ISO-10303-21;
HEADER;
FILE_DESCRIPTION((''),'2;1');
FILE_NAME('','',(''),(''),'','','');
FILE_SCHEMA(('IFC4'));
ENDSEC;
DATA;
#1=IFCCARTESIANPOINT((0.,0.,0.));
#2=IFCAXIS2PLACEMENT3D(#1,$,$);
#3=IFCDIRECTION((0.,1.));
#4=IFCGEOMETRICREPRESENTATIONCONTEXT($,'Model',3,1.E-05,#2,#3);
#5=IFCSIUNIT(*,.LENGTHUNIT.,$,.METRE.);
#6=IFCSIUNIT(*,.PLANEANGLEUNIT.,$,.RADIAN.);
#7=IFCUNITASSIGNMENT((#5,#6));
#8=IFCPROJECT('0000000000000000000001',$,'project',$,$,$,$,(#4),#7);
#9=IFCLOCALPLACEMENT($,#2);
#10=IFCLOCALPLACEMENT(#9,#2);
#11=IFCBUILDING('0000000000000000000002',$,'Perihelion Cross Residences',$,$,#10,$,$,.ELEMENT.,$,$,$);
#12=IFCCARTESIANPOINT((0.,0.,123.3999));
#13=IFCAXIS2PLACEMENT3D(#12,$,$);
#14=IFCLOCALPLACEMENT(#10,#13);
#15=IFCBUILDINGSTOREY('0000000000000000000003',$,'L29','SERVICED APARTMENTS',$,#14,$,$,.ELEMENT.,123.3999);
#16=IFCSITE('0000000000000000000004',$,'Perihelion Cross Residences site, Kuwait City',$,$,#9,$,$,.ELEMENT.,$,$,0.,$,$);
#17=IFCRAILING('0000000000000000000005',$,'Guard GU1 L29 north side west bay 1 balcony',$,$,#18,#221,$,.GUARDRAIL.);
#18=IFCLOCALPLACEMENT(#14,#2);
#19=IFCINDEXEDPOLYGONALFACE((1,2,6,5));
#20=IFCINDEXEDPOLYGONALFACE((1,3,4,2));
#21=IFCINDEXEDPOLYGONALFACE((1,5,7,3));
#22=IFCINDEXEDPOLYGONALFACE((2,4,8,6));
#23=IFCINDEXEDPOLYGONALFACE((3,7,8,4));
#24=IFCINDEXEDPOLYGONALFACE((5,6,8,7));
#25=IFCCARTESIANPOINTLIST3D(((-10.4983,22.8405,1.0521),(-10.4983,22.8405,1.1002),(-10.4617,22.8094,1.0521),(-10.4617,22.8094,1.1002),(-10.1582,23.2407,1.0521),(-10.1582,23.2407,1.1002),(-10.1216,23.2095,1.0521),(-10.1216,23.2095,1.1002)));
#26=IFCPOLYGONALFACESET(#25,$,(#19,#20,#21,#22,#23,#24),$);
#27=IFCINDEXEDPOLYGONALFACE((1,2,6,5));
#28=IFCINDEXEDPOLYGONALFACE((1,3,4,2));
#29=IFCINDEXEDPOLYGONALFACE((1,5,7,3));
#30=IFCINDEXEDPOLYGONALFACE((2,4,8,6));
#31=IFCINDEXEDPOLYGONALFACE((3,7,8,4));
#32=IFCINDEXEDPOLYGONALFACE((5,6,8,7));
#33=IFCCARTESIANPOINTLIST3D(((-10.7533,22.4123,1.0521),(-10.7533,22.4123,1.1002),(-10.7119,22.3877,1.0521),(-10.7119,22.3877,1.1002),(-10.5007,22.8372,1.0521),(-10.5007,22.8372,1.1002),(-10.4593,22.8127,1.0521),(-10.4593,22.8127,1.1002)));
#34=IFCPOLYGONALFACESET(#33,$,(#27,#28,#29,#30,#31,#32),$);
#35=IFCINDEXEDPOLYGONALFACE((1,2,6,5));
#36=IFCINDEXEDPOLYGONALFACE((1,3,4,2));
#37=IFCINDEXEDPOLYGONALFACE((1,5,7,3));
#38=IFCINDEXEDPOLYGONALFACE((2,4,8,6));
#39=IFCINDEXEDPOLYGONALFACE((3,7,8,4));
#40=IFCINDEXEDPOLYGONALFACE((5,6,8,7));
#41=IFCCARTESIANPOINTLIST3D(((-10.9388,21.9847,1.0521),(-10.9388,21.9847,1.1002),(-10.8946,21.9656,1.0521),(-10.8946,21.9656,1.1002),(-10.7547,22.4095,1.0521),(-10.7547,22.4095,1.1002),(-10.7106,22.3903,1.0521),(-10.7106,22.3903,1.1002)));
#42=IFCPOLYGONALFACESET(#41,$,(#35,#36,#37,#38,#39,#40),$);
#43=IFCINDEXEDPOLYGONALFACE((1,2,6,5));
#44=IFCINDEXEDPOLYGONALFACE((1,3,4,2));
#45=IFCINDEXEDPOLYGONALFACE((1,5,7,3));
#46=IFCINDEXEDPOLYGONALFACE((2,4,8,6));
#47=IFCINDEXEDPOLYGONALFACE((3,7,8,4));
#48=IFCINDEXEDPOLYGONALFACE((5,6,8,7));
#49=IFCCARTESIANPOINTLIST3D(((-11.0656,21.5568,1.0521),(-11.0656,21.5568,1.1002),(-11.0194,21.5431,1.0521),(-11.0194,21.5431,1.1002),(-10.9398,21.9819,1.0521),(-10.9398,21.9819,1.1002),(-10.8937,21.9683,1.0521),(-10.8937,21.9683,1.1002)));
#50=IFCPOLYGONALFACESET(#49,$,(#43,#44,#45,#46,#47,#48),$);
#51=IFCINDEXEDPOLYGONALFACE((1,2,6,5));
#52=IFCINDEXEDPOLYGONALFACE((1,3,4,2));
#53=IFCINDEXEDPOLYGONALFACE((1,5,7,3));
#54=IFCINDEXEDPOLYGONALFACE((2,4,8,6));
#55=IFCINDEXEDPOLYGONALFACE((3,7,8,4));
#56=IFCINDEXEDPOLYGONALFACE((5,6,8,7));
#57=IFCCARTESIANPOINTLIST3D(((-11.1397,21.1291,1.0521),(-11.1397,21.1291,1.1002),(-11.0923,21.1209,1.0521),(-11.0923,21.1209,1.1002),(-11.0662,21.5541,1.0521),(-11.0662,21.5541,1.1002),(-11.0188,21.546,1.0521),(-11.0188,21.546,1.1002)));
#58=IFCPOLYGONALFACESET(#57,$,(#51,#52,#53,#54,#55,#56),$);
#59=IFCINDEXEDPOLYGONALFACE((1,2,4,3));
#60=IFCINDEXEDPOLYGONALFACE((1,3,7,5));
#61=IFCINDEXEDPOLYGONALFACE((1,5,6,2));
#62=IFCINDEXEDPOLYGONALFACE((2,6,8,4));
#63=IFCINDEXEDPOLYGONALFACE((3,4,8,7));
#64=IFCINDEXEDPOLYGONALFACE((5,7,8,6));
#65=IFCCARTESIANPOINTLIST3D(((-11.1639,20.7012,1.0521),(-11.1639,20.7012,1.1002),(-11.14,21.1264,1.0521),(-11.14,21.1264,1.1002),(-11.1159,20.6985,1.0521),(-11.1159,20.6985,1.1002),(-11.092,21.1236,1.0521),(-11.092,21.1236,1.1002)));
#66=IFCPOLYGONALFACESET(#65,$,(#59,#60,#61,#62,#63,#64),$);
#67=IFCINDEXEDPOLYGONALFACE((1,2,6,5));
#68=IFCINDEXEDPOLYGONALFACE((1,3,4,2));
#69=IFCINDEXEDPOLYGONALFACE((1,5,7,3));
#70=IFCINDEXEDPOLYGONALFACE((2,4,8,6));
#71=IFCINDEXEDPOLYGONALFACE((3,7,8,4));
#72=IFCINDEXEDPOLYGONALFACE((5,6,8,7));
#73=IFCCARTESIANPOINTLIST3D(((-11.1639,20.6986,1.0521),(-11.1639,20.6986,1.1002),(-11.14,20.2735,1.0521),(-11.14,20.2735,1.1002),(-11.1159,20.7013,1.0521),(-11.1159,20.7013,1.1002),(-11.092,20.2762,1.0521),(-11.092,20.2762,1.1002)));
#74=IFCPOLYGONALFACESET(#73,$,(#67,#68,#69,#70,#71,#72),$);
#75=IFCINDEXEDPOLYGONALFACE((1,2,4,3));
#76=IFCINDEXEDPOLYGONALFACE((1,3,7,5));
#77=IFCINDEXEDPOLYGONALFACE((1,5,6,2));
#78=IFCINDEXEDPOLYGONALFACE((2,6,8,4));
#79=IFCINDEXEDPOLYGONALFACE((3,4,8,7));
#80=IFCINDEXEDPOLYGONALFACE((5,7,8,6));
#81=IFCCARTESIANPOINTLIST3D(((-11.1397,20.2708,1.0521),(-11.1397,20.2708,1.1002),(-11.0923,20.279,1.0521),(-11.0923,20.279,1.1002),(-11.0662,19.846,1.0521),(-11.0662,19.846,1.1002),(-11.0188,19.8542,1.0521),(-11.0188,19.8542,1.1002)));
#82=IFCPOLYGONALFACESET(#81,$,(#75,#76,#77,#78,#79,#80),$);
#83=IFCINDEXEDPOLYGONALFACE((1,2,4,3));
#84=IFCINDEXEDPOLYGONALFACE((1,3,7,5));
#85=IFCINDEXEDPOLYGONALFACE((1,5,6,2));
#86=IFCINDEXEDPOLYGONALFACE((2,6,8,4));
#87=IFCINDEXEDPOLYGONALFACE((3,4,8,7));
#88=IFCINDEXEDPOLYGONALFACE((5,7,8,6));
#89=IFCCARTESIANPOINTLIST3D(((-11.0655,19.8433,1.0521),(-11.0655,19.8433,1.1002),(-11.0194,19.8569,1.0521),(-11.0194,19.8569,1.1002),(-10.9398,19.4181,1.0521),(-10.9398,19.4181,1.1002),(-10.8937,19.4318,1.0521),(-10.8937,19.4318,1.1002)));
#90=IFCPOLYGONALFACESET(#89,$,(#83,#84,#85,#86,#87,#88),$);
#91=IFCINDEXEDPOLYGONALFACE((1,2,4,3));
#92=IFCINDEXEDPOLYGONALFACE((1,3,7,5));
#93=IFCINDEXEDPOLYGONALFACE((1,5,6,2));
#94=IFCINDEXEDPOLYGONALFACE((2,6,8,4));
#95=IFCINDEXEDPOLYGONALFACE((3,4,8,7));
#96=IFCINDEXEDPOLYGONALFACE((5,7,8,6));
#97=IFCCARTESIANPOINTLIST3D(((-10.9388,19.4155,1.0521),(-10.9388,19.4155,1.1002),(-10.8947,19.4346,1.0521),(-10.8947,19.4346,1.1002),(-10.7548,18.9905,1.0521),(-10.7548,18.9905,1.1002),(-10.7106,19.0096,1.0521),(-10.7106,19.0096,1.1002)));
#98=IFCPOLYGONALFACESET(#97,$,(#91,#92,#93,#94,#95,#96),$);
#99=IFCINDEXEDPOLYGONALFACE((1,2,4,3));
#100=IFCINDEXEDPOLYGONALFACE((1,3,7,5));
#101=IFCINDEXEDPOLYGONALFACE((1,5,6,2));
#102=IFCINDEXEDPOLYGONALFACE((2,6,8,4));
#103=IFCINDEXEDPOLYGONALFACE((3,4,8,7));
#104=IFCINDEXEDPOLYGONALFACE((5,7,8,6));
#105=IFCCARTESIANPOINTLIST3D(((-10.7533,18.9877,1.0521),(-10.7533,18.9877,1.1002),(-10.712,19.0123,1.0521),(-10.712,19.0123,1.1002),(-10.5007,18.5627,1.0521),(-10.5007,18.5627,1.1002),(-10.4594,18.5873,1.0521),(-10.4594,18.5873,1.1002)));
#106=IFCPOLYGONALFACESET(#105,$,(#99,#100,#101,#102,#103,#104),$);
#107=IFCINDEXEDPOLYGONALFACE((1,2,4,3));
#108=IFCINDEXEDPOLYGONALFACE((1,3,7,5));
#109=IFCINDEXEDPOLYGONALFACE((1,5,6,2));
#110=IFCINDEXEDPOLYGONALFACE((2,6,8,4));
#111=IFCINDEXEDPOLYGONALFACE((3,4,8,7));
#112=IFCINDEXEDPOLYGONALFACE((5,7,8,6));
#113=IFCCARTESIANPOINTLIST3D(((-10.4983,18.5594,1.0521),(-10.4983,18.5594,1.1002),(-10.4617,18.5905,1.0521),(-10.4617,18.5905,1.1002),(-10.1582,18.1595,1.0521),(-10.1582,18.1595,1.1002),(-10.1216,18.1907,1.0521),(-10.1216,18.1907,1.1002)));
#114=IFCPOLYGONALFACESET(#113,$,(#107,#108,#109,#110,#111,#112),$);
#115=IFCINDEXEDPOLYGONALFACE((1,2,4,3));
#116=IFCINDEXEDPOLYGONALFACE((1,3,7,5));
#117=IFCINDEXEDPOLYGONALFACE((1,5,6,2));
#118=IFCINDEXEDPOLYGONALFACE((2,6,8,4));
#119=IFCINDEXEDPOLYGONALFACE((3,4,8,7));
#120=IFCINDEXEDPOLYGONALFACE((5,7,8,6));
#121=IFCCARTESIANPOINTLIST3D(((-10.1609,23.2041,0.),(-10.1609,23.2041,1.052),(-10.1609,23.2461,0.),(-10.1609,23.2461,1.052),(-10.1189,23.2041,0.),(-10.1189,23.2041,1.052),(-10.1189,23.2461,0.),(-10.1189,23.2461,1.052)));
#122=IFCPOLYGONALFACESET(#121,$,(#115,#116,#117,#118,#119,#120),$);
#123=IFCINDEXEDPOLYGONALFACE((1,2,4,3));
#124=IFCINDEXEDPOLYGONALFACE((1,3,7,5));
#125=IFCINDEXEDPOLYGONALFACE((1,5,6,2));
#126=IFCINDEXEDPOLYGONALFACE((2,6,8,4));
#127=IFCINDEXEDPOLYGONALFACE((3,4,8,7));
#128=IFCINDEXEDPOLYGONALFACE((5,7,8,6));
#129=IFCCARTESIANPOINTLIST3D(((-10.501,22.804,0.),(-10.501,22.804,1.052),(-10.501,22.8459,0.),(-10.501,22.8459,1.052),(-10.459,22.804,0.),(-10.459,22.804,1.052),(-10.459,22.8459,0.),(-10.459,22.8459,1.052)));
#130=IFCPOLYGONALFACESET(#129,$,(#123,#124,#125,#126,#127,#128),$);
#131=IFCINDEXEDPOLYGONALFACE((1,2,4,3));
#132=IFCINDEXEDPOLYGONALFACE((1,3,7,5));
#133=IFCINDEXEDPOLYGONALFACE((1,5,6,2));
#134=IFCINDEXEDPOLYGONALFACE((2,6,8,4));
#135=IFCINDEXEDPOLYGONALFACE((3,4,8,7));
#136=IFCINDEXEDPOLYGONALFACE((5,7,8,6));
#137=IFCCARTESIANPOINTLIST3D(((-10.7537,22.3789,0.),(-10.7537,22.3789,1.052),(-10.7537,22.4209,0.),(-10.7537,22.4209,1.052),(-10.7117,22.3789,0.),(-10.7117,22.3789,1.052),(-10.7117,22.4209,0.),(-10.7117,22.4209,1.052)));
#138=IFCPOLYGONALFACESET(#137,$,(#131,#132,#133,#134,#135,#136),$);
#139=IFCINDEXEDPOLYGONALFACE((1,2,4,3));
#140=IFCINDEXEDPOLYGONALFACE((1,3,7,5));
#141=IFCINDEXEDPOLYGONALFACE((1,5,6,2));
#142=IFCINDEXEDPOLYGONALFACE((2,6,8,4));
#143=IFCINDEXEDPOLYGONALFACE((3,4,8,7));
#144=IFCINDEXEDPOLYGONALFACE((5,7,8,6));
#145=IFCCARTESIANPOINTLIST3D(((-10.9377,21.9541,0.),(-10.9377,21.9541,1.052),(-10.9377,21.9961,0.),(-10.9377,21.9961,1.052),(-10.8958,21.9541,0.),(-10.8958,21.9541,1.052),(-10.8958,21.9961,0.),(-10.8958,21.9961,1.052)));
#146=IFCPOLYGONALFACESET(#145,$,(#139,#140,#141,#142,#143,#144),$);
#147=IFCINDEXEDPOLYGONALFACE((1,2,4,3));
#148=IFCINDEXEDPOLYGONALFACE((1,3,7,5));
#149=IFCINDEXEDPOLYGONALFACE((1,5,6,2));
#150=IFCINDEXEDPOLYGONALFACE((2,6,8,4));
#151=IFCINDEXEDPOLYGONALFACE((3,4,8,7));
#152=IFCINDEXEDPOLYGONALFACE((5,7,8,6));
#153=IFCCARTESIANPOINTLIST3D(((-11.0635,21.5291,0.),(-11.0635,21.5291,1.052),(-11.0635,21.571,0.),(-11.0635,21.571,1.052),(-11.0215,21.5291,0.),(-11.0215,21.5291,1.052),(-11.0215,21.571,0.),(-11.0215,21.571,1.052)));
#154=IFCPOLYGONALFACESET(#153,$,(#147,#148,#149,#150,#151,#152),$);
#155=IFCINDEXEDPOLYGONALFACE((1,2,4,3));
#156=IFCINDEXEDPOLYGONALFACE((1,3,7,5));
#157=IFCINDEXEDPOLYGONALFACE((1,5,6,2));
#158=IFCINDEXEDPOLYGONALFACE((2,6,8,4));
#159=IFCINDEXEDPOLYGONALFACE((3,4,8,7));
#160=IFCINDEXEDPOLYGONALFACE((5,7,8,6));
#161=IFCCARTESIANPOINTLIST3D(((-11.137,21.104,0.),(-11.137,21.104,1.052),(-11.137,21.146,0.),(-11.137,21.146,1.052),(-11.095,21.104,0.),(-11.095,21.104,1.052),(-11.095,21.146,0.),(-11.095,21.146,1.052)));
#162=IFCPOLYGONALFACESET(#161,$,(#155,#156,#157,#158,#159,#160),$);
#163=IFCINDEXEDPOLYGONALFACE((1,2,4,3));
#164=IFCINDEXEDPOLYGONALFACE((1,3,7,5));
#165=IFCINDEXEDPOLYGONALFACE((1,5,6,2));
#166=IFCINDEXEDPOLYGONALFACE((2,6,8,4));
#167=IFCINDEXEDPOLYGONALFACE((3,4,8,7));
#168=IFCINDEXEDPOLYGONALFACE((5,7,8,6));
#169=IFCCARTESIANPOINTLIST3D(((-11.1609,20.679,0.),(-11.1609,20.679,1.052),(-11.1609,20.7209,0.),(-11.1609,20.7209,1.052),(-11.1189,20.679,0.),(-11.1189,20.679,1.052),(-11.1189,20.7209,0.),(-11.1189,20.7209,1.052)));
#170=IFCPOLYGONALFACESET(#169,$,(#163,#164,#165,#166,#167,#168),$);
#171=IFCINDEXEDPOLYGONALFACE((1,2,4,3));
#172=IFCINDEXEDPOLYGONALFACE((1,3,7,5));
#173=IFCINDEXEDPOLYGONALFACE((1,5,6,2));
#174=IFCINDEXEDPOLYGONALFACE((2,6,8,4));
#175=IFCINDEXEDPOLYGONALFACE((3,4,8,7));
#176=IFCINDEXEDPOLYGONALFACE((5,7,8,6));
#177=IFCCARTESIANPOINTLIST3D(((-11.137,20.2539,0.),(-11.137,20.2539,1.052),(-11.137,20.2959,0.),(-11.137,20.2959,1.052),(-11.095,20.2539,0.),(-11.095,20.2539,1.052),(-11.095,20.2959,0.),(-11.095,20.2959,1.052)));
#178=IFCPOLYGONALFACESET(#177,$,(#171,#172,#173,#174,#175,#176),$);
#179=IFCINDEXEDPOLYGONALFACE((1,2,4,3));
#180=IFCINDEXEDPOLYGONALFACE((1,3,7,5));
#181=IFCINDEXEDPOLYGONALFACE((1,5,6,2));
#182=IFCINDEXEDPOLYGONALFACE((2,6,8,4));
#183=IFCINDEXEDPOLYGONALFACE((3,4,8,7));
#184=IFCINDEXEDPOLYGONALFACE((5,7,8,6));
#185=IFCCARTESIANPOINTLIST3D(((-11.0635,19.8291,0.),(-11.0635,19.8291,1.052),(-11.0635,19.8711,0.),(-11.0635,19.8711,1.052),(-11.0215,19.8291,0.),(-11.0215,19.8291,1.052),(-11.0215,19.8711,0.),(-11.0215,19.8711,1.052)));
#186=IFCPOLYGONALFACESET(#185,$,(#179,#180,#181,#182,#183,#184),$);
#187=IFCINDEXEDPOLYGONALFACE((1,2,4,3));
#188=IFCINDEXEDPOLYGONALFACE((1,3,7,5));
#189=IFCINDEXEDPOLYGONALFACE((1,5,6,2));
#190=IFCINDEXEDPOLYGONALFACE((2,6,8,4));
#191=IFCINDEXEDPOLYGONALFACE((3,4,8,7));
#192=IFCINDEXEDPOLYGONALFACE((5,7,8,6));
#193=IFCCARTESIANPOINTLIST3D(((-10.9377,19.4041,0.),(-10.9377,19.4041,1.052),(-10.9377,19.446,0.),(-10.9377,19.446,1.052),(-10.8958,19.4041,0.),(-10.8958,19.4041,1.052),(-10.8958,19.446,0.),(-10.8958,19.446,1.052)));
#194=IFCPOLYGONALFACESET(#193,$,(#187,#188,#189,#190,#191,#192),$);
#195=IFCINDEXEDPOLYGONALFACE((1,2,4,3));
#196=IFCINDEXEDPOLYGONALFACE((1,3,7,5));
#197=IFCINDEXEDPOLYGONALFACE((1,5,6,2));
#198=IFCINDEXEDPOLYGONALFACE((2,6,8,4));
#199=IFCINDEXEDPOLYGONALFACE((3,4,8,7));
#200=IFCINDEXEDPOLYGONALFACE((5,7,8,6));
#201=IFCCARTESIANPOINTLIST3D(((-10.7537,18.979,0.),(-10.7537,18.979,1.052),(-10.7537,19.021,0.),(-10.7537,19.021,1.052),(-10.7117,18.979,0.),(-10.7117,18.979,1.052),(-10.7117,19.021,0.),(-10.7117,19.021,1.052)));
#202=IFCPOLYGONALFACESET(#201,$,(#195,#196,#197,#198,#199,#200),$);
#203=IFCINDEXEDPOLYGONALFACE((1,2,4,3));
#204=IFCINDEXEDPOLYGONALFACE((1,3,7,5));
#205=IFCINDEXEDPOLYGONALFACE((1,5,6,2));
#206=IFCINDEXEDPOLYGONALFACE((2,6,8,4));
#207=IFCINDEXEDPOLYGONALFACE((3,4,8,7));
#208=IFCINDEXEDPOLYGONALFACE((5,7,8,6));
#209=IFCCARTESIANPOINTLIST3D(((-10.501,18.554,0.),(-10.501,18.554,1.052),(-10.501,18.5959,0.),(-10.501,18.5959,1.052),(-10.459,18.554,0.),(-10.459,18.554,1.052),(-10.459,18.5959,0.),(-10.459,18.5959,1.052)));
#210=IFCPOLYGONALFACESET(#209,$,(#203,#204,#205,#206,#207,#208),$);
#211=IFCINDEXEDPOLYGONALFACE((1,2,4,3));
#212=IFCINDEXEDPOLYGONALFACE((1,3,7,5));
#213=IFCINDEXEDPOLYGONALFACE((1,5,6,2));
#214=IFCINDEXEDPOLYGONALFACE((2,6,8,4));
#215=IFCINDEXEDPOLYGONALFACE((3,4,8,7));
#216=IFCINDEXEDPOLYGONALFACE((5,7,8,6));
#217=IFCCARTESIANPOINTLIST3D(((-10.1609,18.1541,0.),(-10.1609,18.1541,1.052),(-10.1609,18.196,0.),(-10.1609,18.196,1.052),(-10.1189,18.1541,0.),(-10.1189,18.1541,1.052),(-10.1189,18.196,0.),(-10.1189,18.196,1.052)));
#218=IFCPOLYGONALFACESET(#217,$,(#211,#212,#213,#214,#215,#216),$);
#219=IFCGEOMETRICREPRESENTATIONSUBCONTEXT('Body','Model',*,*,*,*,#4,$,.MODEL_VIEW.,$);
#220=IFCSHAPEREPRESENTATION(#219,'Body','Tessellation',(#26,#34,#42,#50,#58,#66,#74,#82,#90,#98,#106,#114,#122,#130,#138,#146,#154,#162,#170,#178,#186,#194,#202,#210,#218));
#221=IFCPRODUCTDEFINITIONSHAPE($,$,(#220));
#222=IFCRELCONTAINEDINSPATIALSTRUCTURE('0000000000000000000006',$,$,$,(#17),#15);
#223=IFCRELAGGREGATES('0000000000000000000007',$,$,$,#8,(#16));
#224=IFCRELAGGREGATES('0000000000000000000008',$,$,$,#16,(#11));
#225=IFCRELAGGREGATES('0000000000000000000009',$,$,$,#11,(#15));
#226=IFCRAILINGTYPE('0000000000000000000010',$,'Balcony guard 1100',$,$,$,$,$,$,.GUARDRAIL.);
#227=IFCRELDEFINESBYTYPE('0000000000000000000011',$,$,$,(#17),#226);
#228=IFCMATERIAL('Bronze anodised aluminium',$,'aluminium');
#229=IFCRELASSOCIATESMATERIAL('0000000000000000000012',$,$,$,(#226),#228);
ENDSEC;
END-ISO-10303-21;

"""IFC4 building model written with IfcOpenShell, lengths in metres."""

from ifc_helpers import new_model, si_unit, direction, frame, origin, origin_2d, place, context, subcontext, project, spatial, rectangle, extrude, material, type_object, element, save


model = new_model("IFC4")

# Units and contexts
model_context = context("Model", 3, precision=1e-05, world=origin(), true_north=direction((0.0, 1.0)))
body_context = subcontext(model_context, "Body", "Model", "MODEL_VIEW")
ifc_project = project(units=[si_unit("LENGTHUNIT", "METRE"), si_unit("PLANEANGLEUNIT", "RADIAN")], contexts=[model_context])

# Site, building, storey
site_placement = place(None, origin())
site = spatial("IfcSite", under=ifc_project, at=site_placement, Name="Perihelion Cross Residences site, Kuwait City", CompositionType="ELEMENT", RefElevation=0.0)
building_placement = place(site_placement, origin())
building = spatial("IfcBuilding", under=site, at=building_placement, Name="Perihelion Cross Residences", CompositionType="ELEMENT")
storey_placement = place(building_placement, frame((0.0, 0.0, 123.3999)))
storey = spatial("IfcBuildingStorey", under=building, at=storey_placement, Name="L29", Description="SERVICED APARTMENTS", CompositionType="ELEMENT", Elevation=123.3999)

# Railing
ifc_material_1 = material(Name="Bronze anodised aluminium", Category="aluminium")
railing_type = type_object("IfcRailingType", Name="Balcony guard 1100", PredefinedType="GUARDRAIL", material=ifc_material_1)
railing_1_placement = place(storey_placement, frame((-10.1399, 23.2251, 0.0)))
element("IfcRailing", 1, at=railing_1_placement, inside=storey, type_object=railing_type, Name="Guard GU1 L29 north side west bay 1 balcony", PredefinedType="GUARDRAIL", context=body_context, shape_type="SweptSolid", body=[
    extrude(rectangle(XDim=0.0481, YDim=0.0481, at=origin_2d()), frame((0.0, 0.0, 1.0762), z_axis=(-0.647608, -0.761974, 0.0), x_axis=(0.761974, -0.647608, 0.0)), (0.0, 0.0, 1.0), 0.5251),
    extrude(rectangle(XDim=0.0481, YDim=0.0481, at=origin_2d()), frame((-0.3401, -0.4001, 1.0762), z_axis=(-0.511006, -0.859577, 0.0), x_axis=(0.859577, -0.511006, 0.0)), (0.0, 0.0, 1.0), 0.4944),
    extrude(rectangle(XDim=0.0481, YDim=0.0481, at=origin_2d()), frame((-0.5928, -0.8252, 1.0762), z_axis=(-0.397607, -0.917556, 0.0), x_axis=(0.917556, -0.397607, 0.0)), (0.0, 0.0, 1.0), 0.4629),
    extrude(rectangle(XDim=0.0481, YDim=0.0481, at=origin_2d()), frame((-0.7769, -1.25, 1.0762), z_axis=(-0.283657, -0.958926, 0.0), x_axis=(0.958926, -0.283657, 0.0)), (0.0, 0.0, 1.0), 0.4434),
    extrude(rectangle(XDim=0.0481, YDim=0.0481, at=origin_2d()), frame((-0.9026, -1.675, 1.0762), z_axis=(-0.170362, -0.985382, 0.0), x_axis=(0.985382, -0.170362, 0.0)), (0.0, 0.0, 1.0), 0.4314),
    extrude(rectangle(XDim=0.0481, YDim=0.0481, at=origin_2d()), frame((-0.9761, -2.1001, 1.0762), z_axis=(-0.056201, -0.99842, 0.0), x_axis=(0.99842, -0.056201, 0.0)), (0.0, 0.0, 1.0), 0.4258),
    extrude(rectangle(XDim=0.0481, YDim=0.0481, at=origin_2d()), frame((-1.0, -2.5251, 1.0762), z_axis=(0.056201, -0.99842, 0.0), x_axis=(0.99842, 0.056201, 0.0)), (0.0, 0.0, 1.0), 0.4258),
    extrude(rectangle(XDim=0.0481, YDim=0.0481, at=origin_2d()), frame((-0.9761, -2.9502, 1.0762), z_axis=(0.170457, -0.985365, 0.0), x_axis=(0.985365, 0.170457, 0.0)), (0.0, 0.0, 1.0), 0.4312),
    extrude(rectangle(XDim=0.0481, YDim=0.0481, at=origin_2d()), frame((-0.9026, -3.375, 1.0762), z_axis=(0.283657, -0.958926, 0.0), x_axis=(0.958926, 0.283657, 0.0)), (0.0, 0.0, 1.0), 0.4434),
    extrude(rectangle(XDim=0.0481, YDim=0.0481, at=origin_2d()), frame((-0.7769, -3.8, 1.0762), z_axis=(0.397415, -0.917639, 0.0), x_axis=(0.917639, 0.397415, 0.0)), (0.0, 0.0, 1.0), 0.4631),
    extrude(rectangle(XDim=0.0481, YDim=0.0481, at=origin_2d()), frame((-0.5928, -4.2251, 1.0762), z_axis=(0.511006, -0.859577, 0.0), x_axis=(0.859577, 0.511006, 0.0)), (0.0, 0.0, 1.0), 0.4944),
    extrude(rectangle(XDim=0.0481, YDim=0.0481, at=origin_2d()), frame((-0.3401, -4.6501, 1.0762), z_axis=(0.647837, -0.761779, 0.0), x_axis=(0.761779, 0.647837, 0.0)), (0.0, 0.0, 1.0), 0.5249),
    extrude(rectangle(XDim=0.042, YDim=0.042, at=origin_2d()), origin(), (0.0, 0.0, 1.0), 1.052),
    extrude(rectangle(XDim=0.042, YDim=0.042, at=origin_2d()), frame((-0.3401, -0.4001, 0.0)), (0.0, 0.0, 1.0), 1.052),
    extrude(rectangle(XDim=0.042, YDim=0.042, at=origin_2d()), frame((-0.5928, -0.8252, 0.0)), (0.0, 0.0, 1.0), 1.052),
    extrude(rectangle(XDim=0.042, YDim=0.042, at=origin_2d()), frame((-0.7769, -1.25, 0.0)), (0.0, 0.0, 1.0), 1.052),
    extrude(rectangle(XDim=0.042, YDim=0.042, at=origin_2d()), frame((-0.9026, -1.675, 0.0)), (0.0, 0.0, 1.0), 1.052),
    extrude(rectangle(XDim=0.042, YDim=0.042, at=origin_2d()), frame((-0.9761, -2.1001, 0.0)), (0.0, 0.0, 1.0), 1.052),
    extrude(rectangle(XDim=0.042, YDim=0.042, at=origin_2d()), frame((-1.0, -2.5251, 0.0)), (0.0, 0.0, 1.0), 1.052),
    extrude(rectangle(XDim=0.042, YDim=0.042, at=origin_2d()), frame((-0.9761, -2.9502, 0.0)), (0.0, 0.0, 1.0), 1.052),
    extrude(rectangle(XDim=0.042, YDim=0.042, at=origin_2d()), frame((-0.9026, -3.375, 0.0)), (0.0, 0.0, 1.0), 1.052),
    extrude(rectangle(XDim=0.042, YDim=0.042, at=origin_2d()), frame((-0.7769, -3.8, 0.0)), (0.0, 0.0, 1.0), 1.052),
    extrude(rectangle(XDim=0.042, YDim=0.042, at=origin_2d()), frame((-0.5928, -4.2251, 0.0)), (0.0, 0.0, 1.0), 1.052),
    extrude(rectangle(XDim=0.042, YDim=0.042, at=origin_2d()), frame((-0.3401, -4.6501, 0.0)), (0.0, 0.0, 1.0), 1.052),
    extrude(rectangle(XDim=0.042, YDim=0.042, at=origin_2d()), frame((0.0, -5.05, 0.0)), (0.0, 0.0, 1.0), 1.052),
])

save(model, "model.ifc")
